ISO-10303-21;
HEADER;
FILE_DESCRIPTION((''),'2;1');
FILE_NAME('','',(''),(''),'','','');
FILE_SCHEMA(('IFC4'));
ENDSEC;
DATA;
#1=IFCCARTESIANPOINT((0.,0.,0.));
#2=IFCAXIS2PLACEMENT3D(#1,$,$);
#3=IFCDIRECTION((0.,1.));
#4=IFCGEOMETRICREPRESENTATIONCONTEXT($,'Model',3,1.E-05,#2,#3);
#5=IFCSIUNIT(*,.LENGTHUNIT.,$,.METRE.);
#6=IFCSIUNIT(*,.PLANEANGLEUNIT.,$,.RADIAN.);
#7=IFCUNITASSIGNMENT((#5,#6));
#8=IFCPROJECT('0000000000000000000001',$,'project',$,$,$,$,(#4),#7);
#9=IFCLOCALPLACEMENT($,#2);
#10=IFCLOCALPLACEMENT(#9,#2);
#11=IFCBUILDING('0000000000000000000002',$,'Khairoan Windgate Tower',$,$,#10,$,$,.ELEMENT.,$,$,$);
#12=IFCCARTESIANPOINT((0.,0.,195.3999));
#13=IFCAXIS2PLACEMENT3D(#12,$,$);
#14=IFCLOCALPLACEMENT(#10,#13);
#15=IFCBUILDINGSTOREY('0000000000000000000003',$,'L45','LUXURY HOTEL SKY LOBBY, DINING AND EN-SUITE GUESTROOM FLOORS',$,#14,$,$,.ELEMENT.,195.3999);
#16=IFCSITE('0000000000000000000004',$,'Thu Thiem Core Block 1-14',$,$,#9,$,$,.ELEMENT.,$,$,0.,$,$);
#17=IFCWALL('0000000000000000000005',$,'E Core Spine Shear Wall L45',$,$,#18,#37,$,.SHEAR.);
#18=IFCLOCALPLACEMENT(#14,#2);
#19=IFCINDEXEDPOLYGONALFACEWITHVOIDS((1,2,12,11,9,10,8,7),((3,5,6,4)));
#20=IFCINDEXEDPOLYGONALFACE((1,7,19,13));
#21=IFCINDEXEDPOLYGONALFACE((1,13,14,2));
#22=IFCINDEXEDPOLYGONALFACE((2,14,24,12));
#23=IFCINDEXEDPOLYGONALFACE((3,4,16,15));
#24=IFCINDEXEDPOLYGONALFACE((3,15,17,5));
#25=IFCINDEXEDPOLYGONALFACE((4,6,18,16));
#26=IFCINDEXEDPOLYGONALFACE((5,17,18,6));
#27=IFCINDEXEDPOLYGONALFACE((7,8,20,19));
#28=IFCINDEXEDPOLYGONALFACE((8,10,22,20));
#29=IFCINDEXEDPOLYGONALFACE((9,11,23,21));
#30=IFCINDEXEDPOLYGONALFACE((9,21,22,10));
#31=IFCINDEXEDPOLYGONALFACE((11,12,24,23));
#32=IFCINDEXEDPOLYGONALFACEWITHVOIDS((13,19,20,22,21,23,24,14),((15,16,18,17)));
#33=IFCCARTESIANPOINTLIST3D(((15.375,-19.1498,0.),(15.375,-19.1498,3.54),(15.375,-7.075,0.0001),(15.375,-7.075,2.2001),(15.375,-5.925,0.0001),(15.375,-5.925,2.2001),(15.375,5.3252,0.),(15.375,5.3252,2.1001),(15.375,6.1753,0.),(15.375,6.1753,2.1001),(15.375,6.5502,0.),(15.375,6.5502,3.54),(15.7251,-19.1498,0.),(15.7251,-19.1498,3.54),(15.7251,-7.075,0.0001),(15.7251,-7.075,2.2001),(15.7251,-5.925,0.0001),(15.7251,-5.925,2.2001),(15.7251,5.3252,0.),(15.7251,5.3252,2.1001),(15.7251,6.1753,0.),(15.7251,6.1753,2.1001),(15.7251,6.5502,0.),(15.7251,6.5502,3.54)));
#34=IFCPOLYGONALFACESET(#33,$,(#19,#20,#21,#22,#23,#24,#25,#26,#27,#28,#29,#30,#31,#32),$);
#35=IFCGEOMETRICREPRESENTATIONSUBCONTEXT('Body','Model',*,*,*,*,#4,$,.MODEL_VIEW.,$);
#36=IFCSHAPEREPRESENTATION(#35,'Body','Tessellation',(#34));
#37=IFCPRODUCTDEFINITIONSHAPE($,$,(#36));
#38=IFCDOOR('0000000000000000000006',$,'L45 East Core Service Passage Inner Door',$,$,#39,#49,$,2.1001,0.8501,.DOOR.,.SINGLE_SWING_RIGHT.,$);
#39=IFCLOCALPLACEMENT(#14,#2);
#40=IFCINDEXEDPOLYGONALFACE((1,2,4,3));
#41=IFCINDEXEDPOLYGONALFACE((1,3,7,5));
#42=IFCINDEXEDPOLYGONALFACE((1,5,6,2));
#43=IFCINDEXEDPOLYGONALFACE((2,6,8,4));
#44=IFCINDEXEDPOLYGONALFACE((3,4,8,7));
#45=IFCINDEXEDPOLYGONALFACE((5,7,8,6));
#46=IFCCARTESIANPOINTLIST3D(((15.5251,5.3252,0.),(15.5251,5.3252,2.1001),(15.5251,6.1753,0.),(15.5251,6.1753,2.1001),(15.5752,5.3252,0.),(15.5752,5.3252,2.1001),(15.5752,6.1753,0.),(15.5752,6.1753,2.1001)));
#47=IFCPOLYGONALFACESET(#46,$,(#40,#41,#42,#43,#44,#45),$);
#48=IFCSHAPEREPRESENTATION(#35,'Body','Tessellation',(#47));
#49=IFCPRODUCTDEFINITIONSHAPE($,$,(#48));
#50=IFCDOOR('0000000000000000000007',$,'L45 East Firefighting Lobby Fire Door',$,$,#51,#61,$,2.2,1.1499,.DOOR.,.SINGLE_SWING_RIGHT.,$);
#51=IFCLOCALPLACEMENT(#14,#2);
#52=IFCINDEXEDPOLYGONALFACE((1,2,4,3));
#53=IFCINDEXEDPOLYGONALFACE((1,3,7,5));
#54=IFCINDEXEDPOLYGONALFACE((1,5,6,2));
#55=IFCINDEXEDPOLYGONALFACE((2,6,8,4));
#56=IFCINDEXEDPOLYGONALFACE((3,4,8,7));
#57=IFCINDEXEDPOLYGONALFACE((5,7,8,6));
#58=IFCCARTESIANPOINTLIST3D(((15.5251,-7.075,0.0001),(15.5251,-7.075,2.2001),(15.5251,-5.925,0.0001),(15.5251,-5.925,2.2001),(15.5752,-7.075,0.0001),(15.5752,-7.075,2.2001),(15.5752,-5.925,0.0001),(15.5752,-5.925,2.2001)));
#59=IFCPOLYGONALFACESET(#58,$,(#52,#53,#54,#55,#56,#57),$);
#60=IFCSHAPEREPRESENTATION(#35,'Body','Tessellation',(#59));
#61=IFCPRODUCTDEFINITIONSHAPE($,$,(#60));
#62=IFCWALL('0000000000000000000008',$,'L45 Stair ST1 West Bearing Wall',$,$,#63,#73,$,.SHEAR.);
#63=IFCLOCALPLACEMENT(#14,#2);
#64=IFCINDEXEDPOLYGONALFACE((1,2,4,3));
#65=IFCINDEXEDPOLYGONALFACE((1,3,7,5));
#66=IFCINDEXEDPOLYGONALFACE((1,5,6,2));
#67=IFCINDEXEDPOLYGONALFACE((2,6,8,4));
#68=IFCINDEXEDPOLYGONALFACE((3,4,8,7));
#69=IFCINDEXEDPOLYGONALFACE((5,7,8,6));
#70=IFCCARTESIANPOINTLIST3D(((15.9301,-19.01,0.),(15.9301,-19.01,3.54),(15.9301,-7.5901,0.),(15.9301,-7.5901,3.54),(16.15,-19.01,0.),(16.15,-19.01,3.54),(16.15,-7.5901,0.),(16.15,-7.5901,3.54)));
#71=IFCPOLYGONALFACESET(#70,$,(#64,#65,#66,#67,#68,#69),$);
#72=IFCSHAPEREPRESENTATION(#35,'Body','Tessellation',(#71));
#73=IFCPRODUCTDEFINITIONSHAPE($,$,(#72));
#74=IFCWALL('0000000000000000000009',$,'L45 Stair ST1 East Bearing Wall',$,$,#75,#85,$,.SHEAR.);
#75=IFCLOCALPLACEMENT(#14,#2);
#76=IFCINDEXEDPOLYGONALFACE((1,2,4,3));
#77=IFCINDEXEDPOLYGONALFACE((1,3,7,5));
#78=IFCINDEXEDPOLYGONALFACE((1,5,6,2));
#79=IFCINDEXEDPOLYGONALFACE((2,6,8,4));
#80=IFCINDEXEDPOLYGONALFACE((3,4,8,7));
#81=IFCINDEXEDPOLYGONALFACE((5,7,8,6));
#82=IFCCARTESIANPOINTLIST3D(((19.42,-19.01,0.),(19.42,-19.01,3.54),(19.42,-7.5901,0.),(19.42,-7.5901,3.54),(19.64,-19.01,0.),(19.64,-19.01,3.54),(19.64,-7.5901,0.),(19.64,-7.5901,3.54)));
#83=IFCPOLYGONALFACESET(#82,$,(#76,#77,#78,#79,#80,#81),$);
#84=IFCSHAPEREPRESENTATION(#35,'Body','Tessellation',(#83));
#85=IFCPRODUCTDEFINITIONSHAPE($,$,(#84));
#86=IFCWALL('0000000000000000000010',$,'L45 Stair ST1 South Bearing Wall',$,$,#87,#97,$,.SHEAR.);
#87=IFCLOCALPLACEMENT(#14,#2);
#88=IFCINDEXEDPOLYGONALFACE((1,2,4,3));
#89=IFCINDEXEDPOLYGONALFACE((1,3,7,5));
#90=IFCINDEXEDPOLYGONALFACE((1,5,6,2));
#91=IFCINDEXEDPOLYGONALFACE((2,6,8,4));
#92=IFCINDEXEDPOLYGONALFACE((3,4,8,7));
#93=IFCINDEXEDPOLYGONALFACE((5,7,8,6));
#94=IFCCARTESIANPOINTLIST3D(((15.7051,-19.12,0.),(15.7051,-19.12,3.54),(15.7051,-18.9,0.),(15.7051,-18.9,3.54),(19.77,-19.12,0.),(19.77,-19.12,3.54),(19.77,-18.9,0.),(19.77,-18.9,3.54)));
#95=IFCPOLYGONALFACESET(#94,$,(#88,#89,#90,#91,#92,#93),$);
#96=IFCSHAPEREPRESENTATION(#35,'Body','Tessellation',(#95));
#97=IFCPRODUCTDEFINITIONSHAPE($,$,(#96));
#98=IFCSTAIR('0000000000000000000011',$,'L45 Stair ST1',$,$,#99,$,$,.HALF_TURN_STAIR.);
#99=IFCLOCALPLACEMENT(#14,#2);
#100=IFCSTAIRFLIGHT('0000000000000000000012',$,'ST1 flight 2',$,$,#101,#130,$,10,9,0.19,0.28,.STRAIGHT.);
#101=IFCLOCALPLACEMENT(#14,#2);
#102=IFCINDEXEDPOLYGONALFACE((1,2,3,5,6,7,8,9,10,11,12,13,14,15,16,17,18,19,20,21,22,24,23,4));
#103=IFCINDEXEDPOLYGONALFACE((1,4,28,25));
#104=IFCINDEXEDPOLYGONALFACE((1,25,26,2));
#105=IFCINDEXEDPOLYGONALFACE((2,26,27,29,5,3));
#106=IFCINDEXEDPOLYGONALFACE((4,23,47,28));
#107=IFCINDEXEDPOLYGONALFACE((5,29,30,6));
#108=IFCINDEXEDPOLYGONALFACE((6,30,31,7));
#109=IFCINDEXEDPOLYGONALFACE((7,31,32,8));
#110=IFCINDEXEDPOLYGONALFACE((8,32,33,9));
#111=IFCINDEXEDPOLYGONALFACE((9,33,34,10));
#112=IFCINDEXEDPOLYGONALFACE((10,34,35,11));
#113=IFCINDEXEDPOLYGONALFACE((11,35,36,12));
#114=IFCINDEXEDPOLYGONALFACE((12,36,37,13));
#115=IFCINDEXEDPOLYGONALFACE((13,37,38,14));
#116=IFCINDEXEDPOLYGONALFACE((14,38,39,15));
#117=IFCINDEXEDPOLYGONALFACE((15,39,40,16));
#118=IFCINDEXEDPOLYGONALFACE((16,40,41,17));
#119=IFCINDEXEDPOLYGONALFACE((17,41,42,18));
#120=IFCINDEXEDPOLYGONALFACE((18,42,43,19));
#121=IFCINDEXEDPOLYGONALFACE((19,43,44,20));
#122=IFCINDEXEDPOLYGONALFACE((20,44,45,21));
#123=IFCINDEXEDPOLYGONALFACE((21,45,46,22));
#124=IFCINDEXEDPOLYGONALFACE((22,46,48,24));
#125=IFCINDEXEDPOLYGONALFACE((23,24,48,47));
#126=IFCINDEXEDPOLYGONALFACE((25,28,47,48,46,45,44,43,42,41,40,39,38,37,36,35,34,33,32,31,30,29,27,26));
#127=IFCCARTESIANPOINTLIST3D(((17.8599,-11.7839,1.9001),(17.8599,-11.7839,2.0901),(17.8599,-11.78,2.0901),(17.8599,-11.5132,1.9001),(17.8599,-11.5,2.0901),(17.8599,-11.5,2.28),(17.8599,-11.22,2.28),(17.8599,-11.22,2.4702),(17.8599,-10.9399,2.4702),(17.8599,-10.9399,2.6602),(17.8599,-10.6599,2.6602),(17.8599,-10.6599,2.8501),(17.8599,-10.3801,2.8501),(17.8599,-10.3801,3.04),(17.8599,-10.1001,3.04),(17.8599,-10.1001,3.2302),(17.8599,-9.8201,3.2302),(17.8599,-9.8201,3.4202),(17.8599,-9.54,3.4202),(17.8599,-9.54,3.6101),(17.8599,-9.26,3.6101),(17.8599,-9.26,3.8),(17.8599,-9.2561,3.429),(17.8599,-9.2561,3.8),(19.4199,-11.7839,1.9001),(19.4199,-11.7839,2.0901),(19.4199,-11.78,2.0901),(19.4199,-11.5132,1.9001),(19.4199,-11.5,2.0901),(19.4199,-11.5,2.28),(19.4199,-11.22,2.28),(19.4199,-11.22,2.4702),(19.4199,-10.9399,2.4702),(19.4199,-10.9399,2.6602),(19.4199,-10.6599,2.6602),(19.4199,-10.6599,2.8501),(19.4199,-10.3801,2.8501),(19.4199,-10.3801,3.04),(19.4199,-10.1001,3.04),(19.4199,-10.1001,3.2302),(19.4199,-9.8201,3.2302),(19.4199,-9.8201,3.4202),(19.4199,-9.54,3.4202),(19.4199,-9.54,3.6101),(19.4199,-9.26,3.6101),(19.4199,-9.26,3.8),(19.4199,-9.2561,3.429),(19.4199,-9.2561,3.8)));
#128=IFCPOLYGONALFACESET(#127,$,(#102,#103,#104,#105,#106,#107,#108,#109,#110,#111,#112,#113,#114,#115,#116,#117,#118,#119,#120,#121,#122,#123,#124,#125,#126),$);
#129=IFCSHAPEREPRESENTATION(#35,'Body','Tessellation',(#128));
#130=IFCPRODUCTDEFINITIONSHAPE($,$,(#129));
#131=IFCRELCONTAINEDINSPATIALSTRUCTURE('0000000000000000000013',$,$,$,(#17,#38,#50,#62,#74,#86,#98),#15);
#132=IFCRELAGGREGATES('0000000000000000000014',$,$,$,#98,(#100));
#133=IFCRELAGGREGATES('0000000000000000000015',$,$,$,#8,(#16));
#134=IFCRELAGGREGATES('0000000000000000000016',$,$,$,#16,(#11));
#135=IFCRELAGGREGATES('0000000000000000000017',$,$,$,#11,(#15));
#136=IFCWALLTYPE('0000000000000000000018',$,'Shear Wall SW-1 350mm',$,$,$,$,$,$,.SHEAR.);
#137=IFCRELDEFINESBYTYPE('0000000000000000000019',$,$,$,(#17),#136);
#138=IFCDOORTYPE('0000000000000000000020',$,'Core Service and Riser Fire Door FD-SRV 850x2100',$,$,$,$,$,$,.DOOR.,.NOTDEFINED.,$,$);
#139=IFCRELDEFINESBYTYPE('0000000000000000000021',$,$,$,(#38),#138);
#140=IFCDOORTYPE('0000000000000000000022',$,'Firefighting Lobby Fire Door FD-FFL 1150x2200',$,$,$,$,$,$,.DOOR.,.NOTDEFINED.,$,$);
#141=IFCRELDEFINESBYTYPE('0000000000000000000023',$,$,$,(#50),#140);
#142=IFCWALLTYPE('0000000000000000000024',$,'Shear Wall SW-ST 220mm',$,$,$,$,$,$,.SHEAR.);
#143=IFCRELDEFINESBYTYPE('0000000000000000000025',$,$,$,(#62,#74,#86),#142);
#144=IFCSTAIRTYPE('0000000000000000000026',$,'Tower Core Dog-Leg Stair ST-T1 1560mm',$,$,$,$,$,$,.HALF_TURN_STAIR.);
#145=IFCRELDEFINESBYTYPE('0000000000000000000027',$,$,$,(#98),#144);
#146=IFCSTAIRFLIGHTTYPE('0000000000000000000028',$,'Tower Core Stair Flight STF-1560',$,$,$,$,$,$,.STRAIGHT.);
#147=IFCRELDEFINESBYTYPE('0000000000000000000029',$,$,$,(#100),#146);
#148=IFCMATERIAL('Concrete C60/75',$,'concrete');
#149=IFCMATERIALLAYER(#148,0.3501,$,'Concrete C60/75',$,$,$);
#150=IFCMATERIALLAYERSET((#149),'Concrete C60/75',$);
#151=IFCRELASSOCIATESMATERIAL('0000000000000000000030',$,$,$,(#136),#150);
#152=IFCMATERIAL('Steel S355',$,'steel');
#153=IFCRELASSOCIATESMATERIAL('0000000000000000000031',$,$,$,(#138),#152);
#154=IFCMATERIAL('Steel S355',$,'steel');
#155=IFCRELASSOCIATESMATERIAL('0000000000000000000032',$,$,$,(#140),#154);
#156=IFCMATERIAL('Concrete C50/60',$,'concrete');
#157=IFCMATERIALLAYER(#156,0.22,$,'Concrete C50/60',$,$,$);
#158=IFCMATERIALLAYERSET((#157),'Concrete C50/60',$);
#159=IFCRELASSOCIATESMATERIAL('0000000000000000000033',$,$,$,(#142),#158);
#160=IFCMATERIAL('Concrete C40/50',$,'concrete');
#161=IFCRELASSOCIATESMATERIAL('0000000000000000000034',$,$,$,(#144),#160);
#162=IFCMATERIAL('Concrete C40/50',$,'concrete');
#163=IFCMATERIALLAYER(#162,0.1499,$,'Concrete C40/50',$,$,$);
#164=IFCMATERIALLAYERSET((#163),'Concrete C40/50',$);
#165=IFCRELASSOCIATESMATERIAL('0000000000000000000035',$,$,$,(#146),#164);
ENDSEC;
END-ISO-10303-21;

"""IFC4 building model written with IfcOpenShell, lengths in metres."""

from ifc_helpers import new_model, si_unit, direction, frame, frame_2d, origin, place, context, subcontext, project, spatial, polyline, rectangle, outline, extrude, material, layer, layer_set, type_object, element, fill, aggregate, save


model = new_model("IFC4")

# Units and contexts
model_context = context("Model", 3, precision=1e-05, world=origin(), true_north=direction((0.0, 1.0)))
body_context = subcontext(model_context, "Body", "Model", "MODEL_VIEW")
ifc_project = project(units=[si_unit("LENGTHUNIT", "METRE"), si_unit("PLANEANGLEUNIT", "RADIAN")], contexts=[model_context])

# Site, building, storey
site_placement = place(None, origin())
site = spatial("IfcSite", under=ifc_project, at=site_placement, Name="Thu Thiem Core Block 1-14", CompositionType="ELEMENT", RefElevation=0.0)
building_placement = place(site_placement, origin())
building = spatial("IfcBuilding", under=site, at=building_placement, Name="Khairoan Windgate Tower", CompositionType="ELEMENT")
storey_placement = place(building_placement, frame((0.0, 0.0, 195.3999)))
storey = spatial("IfcBuildingStorey", under=building, at=storey_placement, Name="L45", Description="LUXURY HOTEL SKY LOBBY, DINING AND EN-SUITE GUESTROOM FLOORS", CompositionType="ELEMENT", Elevation=195.3999)

# Wall, openings, doors
ifc_material_1 = material(Name="Concrete C60/75", Category="concrete")
ifc_layer_1 = layer(ifc_material_1, 0.3501, Name="Concrete C60/75")
ifc_layer_set_1 = layer_set([ifc_layer_1], Name="Concrete C60/75")
wall_type_1 = type_object("IfcWallType", Name="Shear Wall SW-1 350mm", PredefinedType="SHEAR", material=ifc_layer_set_1)
wall_1_placement = place(storey_placement, frame((15.55, -19.1499, 0.0), z_axis=(0.0, 0.0, 1.0), x_axis=(0.0, 1.0, 0.0)))
wall_1 = element("IfcWall", 1, at=wall_1_placement, inside=storey, type_object=wall_type_1, Name="E Core Spine Shear Wall L45", PredefinedType="SHEAR", context=body_context, shape_type="SweptSolid", body=[
    extrude(rectangle(XDim=25.7, YDim=0.3501, at=frame_2d((12.8501, 0.0))), origin(), (0.0, 0.0, 1.0), 3.54),
])
opening_1_placement = place(wall_1_placement, frame((12.075, 0.0, 0.0)))
opening_1 = element("IfcOpeningElement", 2, at=opening_1_placement, cuts=wall_1, PredefinedType="OPENING", context=body_context, shape_type="SweptSolid", body=[
    extrude(rectangle(XDim=1.1499, YDim=2.2, at=frame_2d((0.575, 1.1001))), frame((0.0, 0.1851, 0.0), z_axis=(0.0, -1.0, 0.0), x_axis=(1.0, 0.0, 0.0)), (0.0, 0.0, 1.0), 0.3701),
])
opening_2_placement = place(wall_1_placement, frame((24.4751, 0.0, 0.0)))
opening_2 = element("IfcOpeningElement", 3, at=opening_2_placement, cuts=wall_1, PredefinedType="OPENING", context=body_context, shape_type="SweptSolid", body=[
    extrude(rectangle(XDim=0.8501, YDim=2.1001, at=frame_2d((0.425, 1.05))), frame((0.0, 0.1851, 0.0), z_axis=(0.0, -1.0, 0.0), x_axis=(1.0, 0.0, 0.0)), (0.0, 0.0, 1.0), 0.3701),
])
ifc_material_2 = material(Name="Steel S355", Category="steel")
door_type_1 = type_object("IfcDoorType", Name="Core Service and Riser Fire Door FD-SRV 850x2100", OperationType="NOTDEFINED", PredefinedType="DOOR", material=ifc_material_2)
door_1_placement = place(opening_2_placement, origin())
door_1 = element("IfcDoor", 4, at=door_1_placement, inside=storey, type_object=door_type_1, Name="L45 East Core Service Passage Inner Door", OperationType="SINGLE_SWING_RIGHT", OverallHeight=2.1001, OverallWidth=0.8501, PredefinedType="DOOR", context=body_context, shape_type="SweptSolid", body=[
    extrude(rectangle(XDim=0.8501, YDim=2.1001, at=frame_2d((0.425, 1.05))), frame((0.0, 0.0249, 0.0), z_axis=(0.0, -1.0, 0.0), x_axis=(1.0, 0.0, 0.0)), (0.0, 0.0, 1.0), 0.05),
])
fill(opening_2, door_1)
ifc_material_3 = material(Name="Steel S355", Category="steel")
door_type_2 = type_object("IfcDoorType", Name="Firefighting Lobby Fire Door FD-FFL 1150x2200", OperationType="NOTDEFINED", PredefinedType="DOOR", material=ifc_material_3)
door_2_placement = place(opening_1_placement, origin())
door_2 = element("IfcDoor", 5, at=door_2_placement, inside=storey, type_object=door_type_2, Name="L45 East Firefighting Lobby Fire Door", OperationType="SINGLE_SWING_RIGHT", OverallHeight=2.2, OverallWidth=1.1499, PredefinedType="DOOR", context=body_context, shape_type="SweptSolid", body=[
    extrude(rectangle(XDim=1.1499, YDim=2.2, at=frame_2d((0.575, 1.1001))), frame((0.0, 0.0249, 0.0), z_axis=(0.0, -1.0, 0.0), x_axis=(1.0, 0.0, 0.0)), (0.0, 0.0, 1.0), 0.05),
])
fill(opening_1, door_2)

# Walls
ifc_material_4 = material(Name="Concrete C50/60", Category="concrete")
ifc_layer_2 = layer(ifc_material_4, 0.22, Name="Concrete C50/60")
ifc_layer_set_2 = layer_set([ifc_layer_2], Name="Concrete C50/60")
wall_type_2 = type_object("IfcWallType", Name="Shear Wall SW-ST 220mm", PredefinedType="SHEAR", material=ifc_layer_set_2)
for number, where, z_axis, x_axis, name in (
    (6, (16.04, -19.01, 0.0), (0.0, 0.0, 1.0), (0.0, 1.0, 0.0), "L45 Stair ST1 West Bearing Wall"),
    (7, (19.53, -19.01, 0.0), (0.0, 0.0, 1.0), (0.0, 1.0, 0.0), "L45 Stair ST1 East Bearing Wall"),
):
    element("IfcWall", number, at=place(storey_placement, frame(where, z_axis=z_axis, x_axis=x_axis)), inside=storey, type_object=wall_type_2, Name=name, PredefinedType="SHEAR", context=body_context, shape_type="SweptSolid", body=[
        extrude(rectangle(XDim=11.4199, YDim=0.22, at=frame_2d((5.71, 0.0))), origin(), (0.0, 0.0, 1.0), 3.54),
    ])
wall_2_placement = place(storey_placement, frame((15.7051, -19.01, 0.0), z_axis=(0.0, 0.0, 1.0), x_axis=(1.0, 0.0, 0.0)))
element("IfcWall", 8, at=wall_2_placement, inside=storey, type_object=wall_type_2, Name="L45 Stair ST1 South Bearing Wall", PredefinedType="SHEAR", context=body_context, shape_type="SweptSolid", body=[
    extrude(rectangle(XDim=4.0649, YDim=0.22, at=frame_2d((2.0325, 0.0))), origin(), (0.0, 0.0, 1.0), 3.54),
])

# Stair, stair flight
ifc_material_5 = material(Name="Concrete C40/50", Category="concrete")
stair_type = type_object("IfcStairType", Name="Tower Core Dog-Leg Stair ST-T1 1560mm", PredefinedType="HALF_TURN_STAIR", material=ifc_material_5)
stair_placement = place(storey_placement, origin())
stair = element("IfcStair", 9, at=stair_placement, inside=storey, type_object=stair_type, Name="L45 Stair ST1", PredefinedType="HALF_TURN_STAIR")
ifc_material_6 = material(Name="Concrete C40/50", Category="concrete")
ifc_layer_3 = layer(ifc_material_6, 0.1499, Name="Concrete C40/50")
ifc_layer_set_3 = layer_set([ifc_layer_3], Name="Concrete C40/50")
stair_flight_type = type_object("IfcStairFlightType", Name="Tower Core Stair Flight STF-1560", PredefinedType="STRAIGHT", material=ifc_layer_set_3)
stair_flight_placement = place(storey_placement, frame((18.6399, -11.78, 1.9001), z_axis=(0.0, 0.0, 1.0), x_axis=(0.0, 1.0, 0.0)))
stair_flight = element("IfcStairFlight", 10, at=stair_flight_placement, type_object=stair_flight_type, Name="ST1 flight 2", NumberOfRisers=10, NumberOfTreads=9, PredefinedType="STRAIGHT", RiserHeight=0.19, TreadLength=0.28, context=body_context, shape_type="SweptSolid", body=[
    extrude(outline(polyline([(-0.0039, 0.0), (-0.0039, 0.1899), (0.0, 0.1899), (0.28, 0.1899), (0.28, 0.3799), (0.5601, 0.3799), (0.5601, 0.5701), (0.8401, 0.5701), (0.8401, 0.76), (1.1201, 0.76), (1.1201, 0.95), (1.3999, 0.95), (1.3999, 1.1399), (1.6799, 1.1399), (1.6799, 1.3301), (1.96, 1.3301), (1.96, 1.52), (2.24, 1.52), (2.24, 1.71), (2.52, 1.71), (2.52, 1.8999), (2.5239, 1.8999), (2.5239, 1.5288), (0.2668, 0.0), (-0.0039, 0.0)])), frame((0.0, 0.78, 0.0), z_axis=(0.0, -1.0, 0.0), x_axis=(1.0, 0.0, 0.0)), (0.0, 0.0, 1.0), 1.5601),
])
aggregate(stair, [stair_flight])

save(model, "model.ifc")
